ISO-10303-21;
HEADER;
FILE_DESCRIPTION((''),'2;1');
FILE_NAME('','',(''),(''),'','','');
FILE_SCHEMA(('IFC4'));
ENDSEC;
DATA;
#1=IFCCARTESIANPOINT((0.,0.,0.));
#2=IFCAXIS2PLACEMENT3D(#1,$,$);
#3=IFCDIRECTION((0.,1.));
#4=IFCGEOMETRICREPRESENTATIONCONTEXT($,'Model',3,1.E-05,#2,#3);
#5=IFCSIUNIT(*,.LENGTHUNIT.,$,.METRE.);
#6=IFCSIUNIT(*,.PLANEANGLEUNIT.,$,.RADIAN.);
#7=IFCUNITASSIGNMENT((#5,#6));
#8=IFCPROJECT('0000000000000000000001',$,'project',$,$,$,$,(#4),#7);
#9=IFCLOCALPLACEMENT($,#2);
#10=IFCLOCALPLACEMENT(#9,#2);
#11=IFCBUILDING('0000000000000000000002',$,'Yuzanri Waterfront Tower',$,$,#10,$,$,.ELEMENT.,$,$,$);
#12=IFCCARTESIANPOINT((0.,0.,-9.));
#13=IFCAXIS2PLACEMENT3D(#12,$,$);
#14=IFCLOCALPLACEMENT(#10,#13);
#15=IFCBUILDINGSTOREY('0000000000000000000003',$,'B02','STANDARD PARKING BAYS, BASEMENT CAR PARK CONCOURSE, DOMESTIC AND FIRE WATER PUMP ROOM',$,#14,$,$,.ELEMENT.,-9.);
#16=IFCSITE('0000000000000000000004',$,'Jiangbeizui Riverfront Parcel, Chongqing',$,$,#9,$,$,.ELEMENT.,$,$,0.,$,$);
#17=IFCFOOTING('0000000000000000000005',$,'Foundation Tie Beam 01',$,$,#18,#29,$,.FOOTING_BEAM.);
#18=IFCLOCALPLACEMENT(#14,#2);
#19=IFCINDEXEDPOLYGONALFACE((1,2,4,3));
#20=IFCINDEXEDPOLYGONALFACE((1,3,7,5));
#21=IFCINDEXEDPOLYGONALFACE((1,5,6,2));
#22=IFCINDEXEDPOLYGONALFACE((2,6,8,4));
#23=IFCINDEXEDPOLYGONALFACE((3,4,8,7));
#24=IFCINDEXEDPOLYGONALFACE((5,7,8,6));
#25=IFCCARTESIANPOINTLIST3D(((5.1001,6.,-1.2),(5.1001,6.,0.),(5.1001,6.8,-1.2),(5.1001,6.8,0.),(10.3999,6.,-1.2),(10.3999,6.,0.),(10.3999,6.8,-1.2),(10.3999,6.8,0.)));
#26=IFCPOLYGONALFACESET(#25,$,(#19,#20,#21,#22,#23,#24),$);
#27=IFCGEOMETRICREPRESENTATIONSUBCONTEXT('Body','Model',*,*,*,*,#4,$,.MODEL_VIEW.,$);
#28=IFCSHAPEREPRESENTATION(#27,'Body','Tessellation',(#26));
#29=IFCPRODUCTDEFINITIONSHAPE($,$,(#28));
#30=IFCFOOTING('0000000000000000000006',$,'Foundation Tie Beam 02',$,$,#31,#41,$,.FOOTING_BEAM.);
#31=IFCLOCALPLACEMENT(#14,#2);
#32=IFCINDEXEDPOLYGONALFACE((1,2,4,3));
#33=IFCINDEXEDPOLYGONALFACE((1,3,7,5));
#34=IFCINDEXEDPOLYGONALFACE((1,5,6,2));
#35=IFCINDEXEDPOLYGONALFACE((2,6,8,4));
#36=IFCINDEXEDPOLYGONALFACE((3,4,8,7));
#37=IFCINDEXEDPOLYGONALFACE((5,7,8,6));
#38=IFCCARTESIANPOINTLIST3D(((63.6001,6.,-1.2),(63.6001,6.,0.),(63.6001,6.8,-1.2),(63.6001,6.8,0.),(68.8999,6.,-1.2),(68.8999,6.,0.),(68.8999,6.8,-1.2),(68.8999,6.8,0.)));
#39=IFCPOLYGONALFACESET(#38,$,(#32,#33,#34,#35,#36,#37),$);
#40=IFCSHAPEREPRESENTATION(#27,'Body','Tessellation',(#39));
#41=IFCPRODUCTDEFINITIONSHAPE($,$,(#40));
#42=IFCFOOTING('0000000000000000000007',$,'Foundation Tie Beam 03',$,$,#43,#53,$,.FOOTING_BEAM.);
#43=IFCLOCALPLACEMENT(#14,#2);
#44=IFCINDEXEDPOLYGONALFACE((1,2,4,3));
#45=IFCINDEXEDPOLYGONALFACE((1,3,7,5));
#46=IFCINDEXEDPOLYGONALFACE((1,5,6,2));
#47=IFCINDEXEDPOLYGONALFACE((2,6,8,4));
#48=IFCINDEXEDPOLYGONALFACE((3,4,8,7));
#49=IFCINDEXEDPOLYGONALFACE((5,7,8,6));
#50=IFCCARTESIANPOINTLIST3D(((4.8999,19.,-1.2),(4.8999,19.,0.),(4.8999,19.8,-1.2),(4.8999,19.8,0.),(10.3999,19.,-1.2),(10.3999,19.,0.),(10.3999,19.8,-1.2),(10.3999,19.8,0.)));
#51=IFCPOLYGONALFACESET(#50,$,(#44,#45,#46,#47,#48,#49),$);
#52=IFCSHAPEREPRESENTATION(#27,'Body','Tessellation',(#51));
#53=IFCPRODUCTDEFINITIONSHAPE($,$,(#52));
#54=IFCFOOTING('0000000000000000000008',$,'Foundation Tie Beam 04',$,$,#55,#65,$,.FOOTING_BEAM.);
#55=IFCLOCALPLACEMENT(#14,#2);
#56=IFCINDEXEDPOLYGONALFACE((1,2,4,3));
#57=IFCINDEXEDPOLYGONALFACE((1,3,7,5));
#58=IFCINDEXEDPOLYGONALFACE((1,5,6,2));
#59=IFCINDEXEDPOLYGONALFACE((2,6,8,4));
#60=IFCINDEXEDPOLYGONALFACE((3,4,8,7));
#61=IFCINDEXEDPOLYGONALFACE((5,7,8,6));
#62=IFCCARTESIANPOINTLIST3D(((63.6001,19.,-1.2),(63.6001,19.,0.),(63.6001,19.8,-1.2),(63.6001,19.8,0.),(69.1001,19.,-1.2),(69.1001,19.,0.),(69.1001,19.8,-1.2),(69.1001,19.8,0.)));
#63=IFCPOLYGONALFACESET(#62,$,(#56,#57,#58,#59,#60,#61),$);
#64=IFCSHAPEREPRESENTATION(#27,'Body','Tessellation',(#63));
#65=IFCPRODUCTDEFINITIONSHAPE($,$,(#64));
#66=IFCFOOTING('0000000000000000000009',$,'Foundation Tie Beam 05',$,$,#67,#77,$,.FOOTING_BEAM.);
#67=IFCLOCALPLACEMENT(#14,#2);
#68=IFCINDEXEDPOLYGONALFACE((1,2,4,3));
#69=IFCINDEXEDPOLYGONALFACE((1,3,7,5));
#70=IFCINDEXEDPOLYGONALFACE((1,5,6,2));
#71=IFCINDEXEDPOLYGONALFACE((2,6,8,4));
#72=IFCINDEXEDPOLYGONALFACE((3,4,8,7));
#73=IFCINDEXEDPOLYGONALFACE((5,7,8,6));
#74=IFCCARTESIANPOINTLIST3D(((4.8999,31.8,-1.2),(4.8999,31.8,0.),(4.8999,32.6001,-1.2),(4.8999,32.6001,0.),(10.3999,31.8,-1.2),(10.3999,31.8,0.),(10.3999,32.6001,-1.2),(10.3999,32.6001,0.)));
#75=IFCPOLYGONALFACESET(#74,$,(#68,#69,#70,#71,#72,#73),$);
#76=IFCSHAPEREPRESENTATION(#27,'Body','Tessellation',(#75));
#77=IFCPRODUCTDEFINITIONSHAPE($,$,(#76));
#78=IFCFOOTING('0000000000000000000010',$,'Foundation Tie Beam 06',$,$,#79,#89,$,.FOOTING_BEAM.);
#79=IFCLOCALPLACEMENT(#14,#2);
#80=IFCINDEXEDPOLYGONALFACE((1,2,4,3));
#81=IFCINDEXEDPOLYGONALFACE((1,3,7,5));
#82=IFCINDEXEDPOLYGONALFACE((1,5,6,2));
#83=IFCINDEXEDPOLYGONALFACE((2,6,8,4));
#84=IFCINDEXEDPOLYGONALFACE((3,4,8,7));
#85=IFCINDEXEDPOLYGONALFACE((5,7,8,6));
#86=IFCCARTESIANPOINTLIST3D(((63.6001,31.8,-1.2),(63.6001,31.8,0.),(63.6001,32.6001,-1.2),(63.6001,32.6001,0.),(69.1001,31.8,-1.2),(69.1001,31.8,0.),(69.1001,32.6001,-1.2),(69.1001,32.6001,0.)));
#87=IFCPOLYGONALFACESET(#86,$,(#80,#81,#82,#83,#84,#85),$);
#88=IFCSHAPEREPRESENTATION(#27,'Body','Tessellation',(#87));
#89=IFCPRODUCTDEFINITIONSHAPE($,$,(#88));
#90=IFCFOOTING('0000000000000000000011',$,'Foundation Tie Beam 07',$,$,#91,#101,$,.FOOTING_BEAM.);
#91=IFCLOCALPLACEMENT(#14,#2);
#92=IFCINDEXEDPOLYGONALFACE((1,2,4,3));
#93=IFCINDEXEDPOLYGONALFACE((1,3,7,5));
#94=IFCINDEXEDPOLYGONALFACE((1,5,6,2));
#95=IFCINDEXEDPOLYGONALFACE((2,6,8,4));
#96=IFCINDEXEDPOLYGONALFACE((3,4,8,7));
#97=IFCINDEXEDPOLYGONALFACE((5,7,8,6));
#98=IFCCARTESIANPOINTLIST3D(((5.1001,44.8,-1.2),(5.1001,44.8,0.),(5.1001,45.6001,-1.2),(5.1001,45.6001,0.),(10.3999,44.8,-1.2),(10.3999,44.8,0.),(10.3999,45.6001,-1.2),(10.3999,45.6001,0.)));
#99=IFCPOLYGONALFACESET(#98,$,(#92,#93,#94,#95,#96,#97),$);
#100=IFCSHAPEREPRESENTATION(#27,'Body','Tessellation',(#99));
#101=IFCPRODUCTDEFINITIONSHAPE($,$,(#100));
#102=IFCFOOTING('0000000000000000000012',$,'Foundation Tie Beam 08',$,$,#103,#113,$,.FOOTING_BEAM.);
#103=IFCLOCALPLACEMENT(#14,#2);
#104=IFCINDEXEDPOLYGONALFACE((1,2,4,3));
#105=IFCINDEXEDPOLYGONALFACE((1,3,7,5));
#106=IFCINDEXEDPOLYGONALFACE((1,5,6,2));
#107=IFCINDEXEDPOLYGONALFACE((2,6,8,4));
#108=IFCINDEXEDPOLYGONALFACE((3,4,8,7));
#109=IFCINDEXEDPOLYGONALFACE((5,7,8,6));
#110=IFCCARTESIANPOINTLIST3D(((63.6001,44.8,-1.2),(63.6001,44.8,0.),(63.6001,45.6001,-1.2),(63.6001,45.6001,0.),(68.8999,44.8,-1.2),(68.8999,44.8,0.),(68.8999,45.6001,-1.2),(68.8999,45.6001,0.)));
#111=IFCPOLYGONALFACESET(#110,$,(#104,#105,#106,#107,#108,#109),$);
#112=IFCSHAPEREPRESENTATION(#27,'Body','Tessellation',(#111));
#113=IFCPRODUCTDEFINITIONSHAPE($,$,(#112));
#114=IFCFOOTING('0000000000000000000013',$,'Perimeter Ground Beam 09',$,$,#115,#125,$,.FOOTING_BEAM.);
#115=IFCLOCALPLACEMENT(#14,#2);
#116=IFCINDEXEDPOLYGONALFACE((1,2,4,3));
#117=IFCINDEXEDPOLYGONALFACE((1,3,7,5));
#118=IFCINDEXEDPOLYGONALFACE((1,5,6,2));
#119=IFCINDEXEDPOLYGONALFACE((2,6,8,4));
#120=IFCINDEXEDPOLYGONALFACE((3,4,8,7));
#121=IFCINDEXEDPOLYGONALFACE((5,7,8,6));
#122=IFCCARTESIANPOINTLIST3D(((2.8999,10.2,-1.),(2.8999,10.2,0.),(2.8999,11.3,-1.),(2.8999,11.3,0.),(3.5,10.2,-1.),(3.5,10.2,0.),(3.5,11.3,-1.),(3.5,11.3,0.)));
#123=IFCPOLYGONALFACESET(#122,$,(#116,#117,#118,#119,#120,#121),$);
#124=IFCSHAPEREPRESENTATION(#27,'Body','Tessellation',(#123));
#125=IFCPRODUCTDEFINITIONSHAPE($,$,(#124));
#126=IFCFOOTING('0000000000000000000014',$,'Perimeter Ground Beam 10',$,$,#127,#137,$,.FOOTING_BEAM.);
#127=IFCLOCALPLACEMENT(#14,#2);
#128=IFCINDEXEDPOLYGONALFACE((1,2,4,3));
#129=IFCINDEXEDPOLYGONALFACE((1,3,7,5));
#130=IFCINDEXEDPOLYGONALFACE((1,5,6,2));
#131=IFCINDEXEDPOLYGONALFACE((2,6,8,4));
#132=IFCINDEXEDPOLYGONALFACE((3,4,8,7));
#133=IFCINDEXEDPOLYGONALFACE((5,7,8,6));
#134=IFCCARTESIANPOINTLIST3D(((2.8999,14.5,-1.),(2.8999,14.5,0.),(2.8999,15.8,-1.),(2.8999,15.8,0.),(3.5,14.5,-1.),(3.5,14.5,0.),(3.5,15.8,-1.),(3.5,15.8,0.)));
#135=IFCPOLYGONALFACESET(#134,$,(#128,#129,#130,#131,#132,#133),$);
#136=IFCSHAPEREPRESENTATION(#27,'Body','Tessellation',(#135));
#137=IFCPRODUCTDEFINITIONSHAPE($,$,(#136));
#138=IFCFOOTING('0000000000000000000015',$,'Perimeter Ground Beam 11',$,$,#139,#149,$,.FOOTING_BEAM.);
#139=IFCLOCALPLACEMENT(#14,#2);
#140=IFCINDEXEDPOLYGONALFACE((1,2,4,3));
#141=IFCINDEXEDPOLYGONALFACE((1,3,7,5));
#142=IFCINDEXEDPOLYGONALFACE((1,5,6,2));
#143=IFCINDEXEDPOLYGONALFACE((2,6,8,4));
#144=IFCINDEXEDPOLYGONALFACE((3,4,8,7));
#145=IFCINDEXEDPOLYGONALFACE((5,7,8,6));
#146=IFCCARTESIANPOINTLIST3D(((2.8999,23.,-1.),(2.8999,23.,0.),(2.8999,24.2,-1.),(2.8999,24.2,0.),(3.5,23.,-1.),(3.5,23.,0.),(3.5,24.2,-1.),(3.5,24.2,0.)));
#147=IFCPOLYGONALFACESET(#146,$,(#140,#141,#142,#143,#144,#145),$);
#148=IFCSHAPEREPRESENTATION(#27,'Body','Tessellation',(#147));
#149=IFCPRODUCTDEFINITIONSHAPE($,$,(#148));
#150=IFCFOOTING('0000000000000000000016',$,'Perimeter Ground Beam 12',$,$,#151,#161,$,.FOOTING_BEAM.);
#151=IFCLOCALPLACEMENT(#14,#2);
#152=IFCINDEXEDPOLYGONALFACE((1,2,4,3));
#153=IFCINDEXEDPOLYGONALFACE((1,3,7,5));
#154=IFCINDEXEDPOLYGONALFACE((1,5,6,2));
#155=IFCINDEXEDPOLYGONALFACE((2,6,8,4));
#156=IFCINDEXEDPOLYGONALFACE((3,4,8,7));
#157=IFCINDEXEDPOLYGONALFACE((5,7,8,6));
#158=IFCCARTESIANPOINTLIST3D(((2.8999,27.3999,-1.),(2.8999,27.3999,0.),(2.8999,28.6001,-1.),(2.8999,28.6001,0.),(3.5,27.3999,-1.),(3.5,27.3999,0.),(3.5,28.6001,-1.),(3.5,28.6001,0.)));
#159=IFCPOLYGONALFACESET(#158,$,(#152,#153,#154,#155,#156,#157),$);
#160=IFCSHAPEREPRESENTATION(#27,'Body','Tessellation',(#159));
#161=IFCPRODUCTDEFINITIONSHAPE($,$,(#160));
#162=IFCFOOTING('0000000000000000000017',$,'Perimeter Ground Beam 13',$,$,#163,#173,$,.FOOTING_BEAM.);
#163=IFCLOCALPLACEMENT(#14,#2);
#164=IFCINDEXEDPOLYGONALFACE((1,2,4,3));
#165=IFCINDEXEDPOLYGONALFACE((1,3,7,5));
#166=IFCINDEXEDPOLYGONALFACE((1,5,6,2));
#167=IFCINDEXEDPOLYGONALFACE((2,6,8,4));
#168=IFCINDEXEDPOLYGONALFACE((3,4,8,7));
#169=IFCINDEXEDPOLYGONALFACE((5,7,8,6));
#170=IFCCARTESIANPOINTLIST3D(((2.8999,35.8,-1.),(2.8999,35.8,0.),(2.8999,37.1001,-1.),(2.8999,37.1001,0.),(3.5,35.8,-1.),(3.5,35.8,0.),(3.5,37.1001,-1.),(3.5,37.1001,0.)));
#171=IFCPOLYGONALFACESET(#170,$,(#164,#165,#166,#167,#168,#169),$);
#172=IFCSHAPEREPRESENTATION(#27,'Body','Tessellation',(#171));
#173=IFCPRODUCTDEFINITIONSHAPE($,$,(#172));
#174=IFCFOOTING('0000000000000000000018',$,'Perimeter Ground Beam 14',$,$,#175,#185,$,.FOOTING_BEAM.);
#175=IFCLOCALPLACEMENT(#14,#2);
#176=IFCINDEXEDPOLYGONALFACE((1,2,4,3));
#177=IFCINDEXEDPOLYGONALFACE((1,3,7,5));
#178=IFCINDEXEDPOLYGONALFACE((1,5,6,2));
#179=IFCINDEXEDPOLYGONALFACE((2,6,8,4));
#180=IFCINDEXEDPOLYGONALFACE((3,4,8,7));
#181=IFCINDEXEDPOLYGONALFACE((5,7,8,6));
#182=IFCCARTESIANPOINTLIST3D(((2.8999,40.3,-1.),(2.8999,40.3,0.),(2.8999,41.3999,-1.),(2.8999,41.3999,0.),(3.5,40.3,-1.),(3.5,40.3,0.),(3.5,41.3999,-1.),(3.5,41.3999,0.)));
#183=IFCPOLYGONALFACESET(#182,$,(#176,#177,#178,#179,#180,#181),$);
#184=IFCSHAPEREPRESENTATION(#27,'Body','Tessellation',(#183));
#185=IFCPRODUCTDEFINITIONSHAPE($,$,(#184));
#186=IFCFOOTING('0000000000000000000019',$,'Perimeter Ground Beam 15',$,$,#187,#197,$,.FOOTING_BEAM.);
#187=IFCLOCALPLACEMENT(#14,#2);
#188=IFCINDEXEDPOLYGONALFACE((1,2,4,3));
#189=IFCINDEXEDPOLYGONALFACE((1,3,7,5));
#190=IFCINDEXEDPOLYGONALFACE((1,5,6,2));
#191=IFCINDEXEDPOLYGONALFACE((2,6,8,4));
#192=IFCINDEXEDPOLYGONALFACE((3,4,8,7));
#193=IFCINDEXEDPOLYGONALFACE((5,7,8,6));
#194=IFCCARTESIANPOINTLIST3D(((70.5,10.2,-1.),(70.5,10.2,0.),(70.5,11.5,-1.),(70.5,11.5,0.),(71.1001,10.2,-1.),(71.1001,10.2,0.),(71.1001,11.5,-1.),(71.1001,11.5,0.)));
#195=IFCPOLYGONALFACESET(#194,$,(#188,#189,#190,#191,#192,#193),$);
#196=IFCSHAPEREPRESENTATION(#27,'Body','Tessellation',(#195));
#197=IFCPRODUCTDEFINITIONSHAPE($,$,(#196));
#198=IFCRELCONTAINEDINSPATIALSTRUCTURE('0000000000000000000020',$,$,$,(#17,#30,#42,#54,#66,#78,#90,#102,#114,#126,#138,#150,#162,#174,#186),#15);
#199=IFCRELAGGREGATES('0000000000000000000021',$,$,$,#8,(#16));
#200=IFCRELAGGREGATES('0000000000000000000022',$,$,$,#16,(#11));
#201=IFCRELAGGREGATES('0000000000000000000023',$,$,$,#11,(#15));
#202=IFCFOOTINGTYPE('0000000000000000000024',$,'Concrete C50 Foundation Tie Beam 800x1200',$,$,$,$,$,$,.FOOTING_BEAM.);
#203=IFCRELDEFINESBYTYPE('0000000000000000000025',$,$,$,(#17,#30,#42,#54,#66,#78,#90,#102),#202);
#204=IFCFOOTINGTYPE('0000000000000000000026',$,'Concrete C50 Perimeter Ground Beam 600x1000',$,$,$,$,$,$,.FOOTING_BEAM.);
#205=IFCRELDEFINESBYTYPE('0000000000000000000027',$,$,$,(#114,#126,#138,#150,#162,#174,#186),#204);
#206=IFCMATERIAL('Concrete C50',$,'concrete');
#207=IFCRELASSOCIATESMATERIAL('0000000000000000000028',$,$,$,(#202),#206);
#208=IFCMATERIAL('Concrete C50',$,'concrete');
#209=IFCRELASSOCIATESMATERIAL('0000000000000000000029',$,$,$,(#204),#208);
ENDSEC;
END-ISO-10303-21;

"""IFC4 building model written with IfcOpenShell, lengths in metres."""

from ifc_helpers import new_model, si_unit, direction, frame, origin, place, context, subcontext, project, spatial, polyline, outline, extrude, material, type_object, element, save


model = new_model("IFC4")

# Units and contexts
model_context = context("Model", 3, precision=1e-05, world=origin(), true_north=direction((0.0, 1.0)))
body_context = subcontext(model_context, "Body", "Model", "MODEL_VIEW")
ifc_project = project(units=[si_unit("LENGTHUNIT", "METRE"), si_unit("PLANEANGLEUNIT", "RADIAN")], contexts=[model_context])

# Site, building, storey
site_placement = place(None, origin())
site = spatial("IfcSite", under=ifc_project, at=site_placement, Name="Jiangbeizui Riverfront Parcel, Chongqing", CompositionType="ELEMENT", RefElevation=0.0)
building_placement = place(site_placement, origin())
building = spatial("IfcBuilding", under=site, at=building_placement, Name="Yuzanri Waterfront Tower", CompositionType="ELEMENT")
storey_placement = place(building_placement, frame((0.0, 0.0, -9.0)))
storey = spatial("IfcBuildingStorey", under=building, at=storey_placement, Name="B02", Description="STANDARD PARKING BAYS, BASEMENT CAR PARK CONCOURSE, DOMESTIC AND FIRE WATER PUMP ROOM", CompositionType="ELEMENT", Elevation=-9.0)

# Footings
ifc_material_1 = material(Name="Concrete C50", Category="concrete")
footing_type_1 = type_object("IfcFootingType", Name="Concrete C50 Foundation Tie Beam 800x1200", PredefinedType="FOOTING_BEAM", material=ifc_material_1)
footing_1_placement = place(storey_placement, frame((0.0, 0.0, -1.2)))
element("IfcFooting", 1, at=footing_1_placement, inside=storey, type_object=footing_type_1, Name="Foundation Tie Beam 01", PredefinedType="FOOTING_BEAM", context=body_context, shape_type="SweptSolid", body=[
    extrude(outline(polyline([(5.1001, 6.0), (10.3999, 6.0), (10.3999, 6.8), (5.1001, 6.8), (5.1001, 6.0)])), origin(), (0.0, 0.0, 1.0), 1.2),
])
footing_2_placement = place(storey_placement, frame((0.0, 0.0, -1.2)))
element("IfcFooting", 2, at=footing_2_placement, inside=storey, type_object=footing_type_1, Name="Foundation Tie Beam 02", PredefinedType="FOOTING_BEAM", context=body_context, shape_type="SweptSolid", body=[
    extrude(outline(polyline([(63.6001, 6.0), (68.8999, 6.0), (68.8999, 6.8), (63.6001, 6.8), (63.6001, 6.0)])), origin(), (0.0, 0.0, 1.0), 1.2),
])
footing_3_placement = place(storey_placement, frame((0.0, 0.0, -1.2)))
element("IfcFooting", 3, at=footing_3_placement, inside=storey, type_object=footing_type_1, Name="Foundation Tie Beam 03", PredefinedType="FOOTING_BEAM", context=body_context, shape_type="SweptSolid", body=[
    extrude(outline(polyline([(4.8999, 19.0), (10.3999, 19.0), (10.3999, 19.8), (4.8999, 19.8), (4.8999, 19.0)])), origin(), (0.0, 0.0, 1.0), 1.2),
])
footing_4_placement = place(storey_placement, frame((0.0, 0.0, -1.2)))
element("IfcFooting", 4, at=footing_4_placement, inside=storey, type_object=footing_type_1, Name="Foundation Tie Beam 04", PredefinedType="FOOTING_BEAM", context=body_context, shape_type="SweptSolid", body=[
    extrude(outline(polyline([(63.6001, 19.0), (69.1001, 19.0), (69.1001, 19.8), (63.6001, 19.8), (63.6001, 19.0)])), origin(), (0.0, 0.0, 1.0), 1.2),
])
footing_5_placement = place(storey_placement, frame((0.0, 0.0, -1.2)))
element("IfcFooting", 5, at=footing_5_placement, inside=storey, type_object=footing_type_1, Name="Foundation Tie Beam 05", PredefinedType="FOOTING_BEAM", context=body_context, shape_type="SweptSolid", body=[
    extrude(outline(polyline([(4.8999, 31.8), (10.3999, 31.8), (10.3999, 32.6001), (4.8999, 32.6001), (4.8999, 31.8)])), origin(), (0.0, 0.0, 1.0), 1.2),
])
footing_6_placement = place(storey_placement, frame((0.0, 0.0, -1.2)))
element("IfcFooting", 6, at=footing_6_placement, inside=storey, type_object=footing_type_1, Name="Foundation Tie Beam 06", PredefinedType="FOOTING_BEAM", context=body_context, shape_type="SweptSolid", body=[
    extrude(outline(polyline([(63.6001, 31.8), (69.1001, 31.8), (69.1001, 32.6001), (63.6001, 32.6001), (63.6001, 31.8)])), origin(), (0.0, 0.0, 1.0), 1.2),
])
footing_7_placement = place(storey_placement, frame((0.0, 0.0, -1.2)))
element("IfcFooting", 7, at=footing_7_placement, inside=storey, type_object=footing_type_1, Name="Foundation Tie Beam 07", PredefinedType="FOOTING_BEAM", context=body_context, shape_type="SweptSolid", body=[
    extrude(outline(polyline([(5.1001, 44.8), (10.3999, 44.8), (10.3999, 45.6001), (5.1001, 45.6001), (5.1001, 44.8)])), origin(), (0.0, 0.0, 1.0), 1.2),
])
footing_8_placement = place(storey_placement, frame((0.0, 0.0, -1.2)))
element("IfcFooting", 8, at=footing_8_placement, inside=storey, type_object=footing_type_1, Name="Foundation Tie Beam 08", PredefinedType="FOOTING_BEAM", context=body_context, shape_type="SweptSolid", body=[
    extrude(outline(polyline([(63.6001, 44.8), (68.8999, 44.8), (68.8999, 45.6001), (63.6001, 45.6001), (63.6001, 44.8)])), origin(), (0.0, 0.0, 1.0), 1.2),
])
ifc_material_2 = material(Name="Concrete C50", Category="concrete")
footing_type_2 = type_object("IfcFootingType", Name="Concrete C50 Perimeter Ground Beam 600x1000", PredefinedType="FOOTING_BEAM", material=ifc_material_2)
footing_9_placement = place(storey_placement, frame((0.0, 0.0, -1.0)))
element("IfcFooting", 9, at=footing_9_placement, inside=storey, type_object=footing_type_2, Name="Perimeter Ground Beam 09", PredefinedType="FOOTING_BEAM", context=body_context, shape_type="SweptSolid", body=[
    extrude(outline(polyline([(2.8999, 10.2), (3.5, 10.2), (3.5, 11.3), (2.8999, 11.3), (2.8999, 10.2)])), origin(), (0.0, 0.0, 1.0), 1.0),
])
footing_10_placement = place(storey_placement, frame((0.0, 0.0, -1.0)))
element("IfcFooting", 10, at=footing_10_placement, inside=storey, type_object=footing_type_2, Name="Perimeter Ground Beam 10", PredefinedType="FOOTING_BEAM", context=body_context, shape_type="SweptSolid", body=[
    extrude(outline(polyline([(2.8999, 14.5), (3.5, 14.5), (3.5, 15.8), (2.8999, 15.8), (2.8999, 14.5)])), origin(), (0.0, 0.0, 1.0), 1.0),
])
footing_11_placement = place(storey_placement, frame((0.0, 0.0, -1.0)))
element("IfcFooting", 11, at=footing_11_placement, inside=storey, type_object=footing_type_2, Name="Perimeter Ground Beam 11", PredefinedType="FOOTING_BEAM", context=body_context, shape_type="SweptSolid", body=[
    extrude(outline(polyline([(2.8999, 23.0), (3.5, 23.0), (3.5, 24.2), (2.8999, 24.2), (2.8999, 23.0)])), origin(), (0.0, 0.0, 1.0), 1.0),
])
footing_12_placement = place(storey_placement, frame((0.0, 0.0, -1.0)))
element("IfcFooting", 12, at=footing_12_placement, inside=storey, type_object=footing_type_2, Name="Perimeter Ground Beam 12", PredefinedType="FOOTING_BEAM", context=body_context, shape_type="SweptSolid", body=[
    extrude(outline(polyline([(2.8999, 27.3999), (3.5, 27.3999), (3.5, 28.6001), (2.8999, 28.6001), (2.8999, 27.3999)])), origin(), (0.0, 0.0, 1.0), 1.0),
])
footing_13_placement = place(storey_placement, frame((0.0, 0.0, -1.0)))
element("IfcFooting", 13, at=footing_13_placement, inside=storey, type_object=footing_type_2, Name="Perimeter Ground Beam 13", PredefinedType="FOOTING_BEAM", context=body_context, shape_type="SweptSolid", body=[
    extrude(outline(polyline([(2.8999, 35.8), (3.5, 35.8), (3.5, 37.1001), (2.8999, 37.1001), (2.8999, 35.8)])), origin(), (0.0, 0.0, 1.0), 1.0),
])
footing_14_placement = place(storey_placement, frame((0.0, 0.0, -1.0)))
element("IfcFooting", 14, at=footing_14_placement, inside=storey, type_object=footing_type_2, Name="Perimeter Ground Beam 14", PredefinedType="FOOTING_BEAM", context=body_context, shape_type="SweptSolid", body=[
    extrude(outline(polyline([(2.8999, 40.3), (3.5, 40.3), (3.5, 41.3999), (2.8999, 41.3999), (2.8999, 40.3)])), origin(), (0.0, 0.0, 1.0), 1.0),
])
footing_15_placement = place(storey_placement, frame((0.0, 0.0, -1.0)))
element("IfcFooting", 15, at=footing_15_placement, inside=storey, type_object=footing_type_2, Name="Perimeter Ground Beam 15", PredefinedType="FOOTING_BEAM", context=body_context, shape_type="SweptSolid", body=[
    extrude(outline(polyline([(70.5, 10.2), (71.1001, 10.2), (71.1001, 11.5), (70.5, 11.5), (70.5, 10.2)])), origin(), (0.0, 0.0, 1.0), 1.0),
])

save(model, "model.ifc")
